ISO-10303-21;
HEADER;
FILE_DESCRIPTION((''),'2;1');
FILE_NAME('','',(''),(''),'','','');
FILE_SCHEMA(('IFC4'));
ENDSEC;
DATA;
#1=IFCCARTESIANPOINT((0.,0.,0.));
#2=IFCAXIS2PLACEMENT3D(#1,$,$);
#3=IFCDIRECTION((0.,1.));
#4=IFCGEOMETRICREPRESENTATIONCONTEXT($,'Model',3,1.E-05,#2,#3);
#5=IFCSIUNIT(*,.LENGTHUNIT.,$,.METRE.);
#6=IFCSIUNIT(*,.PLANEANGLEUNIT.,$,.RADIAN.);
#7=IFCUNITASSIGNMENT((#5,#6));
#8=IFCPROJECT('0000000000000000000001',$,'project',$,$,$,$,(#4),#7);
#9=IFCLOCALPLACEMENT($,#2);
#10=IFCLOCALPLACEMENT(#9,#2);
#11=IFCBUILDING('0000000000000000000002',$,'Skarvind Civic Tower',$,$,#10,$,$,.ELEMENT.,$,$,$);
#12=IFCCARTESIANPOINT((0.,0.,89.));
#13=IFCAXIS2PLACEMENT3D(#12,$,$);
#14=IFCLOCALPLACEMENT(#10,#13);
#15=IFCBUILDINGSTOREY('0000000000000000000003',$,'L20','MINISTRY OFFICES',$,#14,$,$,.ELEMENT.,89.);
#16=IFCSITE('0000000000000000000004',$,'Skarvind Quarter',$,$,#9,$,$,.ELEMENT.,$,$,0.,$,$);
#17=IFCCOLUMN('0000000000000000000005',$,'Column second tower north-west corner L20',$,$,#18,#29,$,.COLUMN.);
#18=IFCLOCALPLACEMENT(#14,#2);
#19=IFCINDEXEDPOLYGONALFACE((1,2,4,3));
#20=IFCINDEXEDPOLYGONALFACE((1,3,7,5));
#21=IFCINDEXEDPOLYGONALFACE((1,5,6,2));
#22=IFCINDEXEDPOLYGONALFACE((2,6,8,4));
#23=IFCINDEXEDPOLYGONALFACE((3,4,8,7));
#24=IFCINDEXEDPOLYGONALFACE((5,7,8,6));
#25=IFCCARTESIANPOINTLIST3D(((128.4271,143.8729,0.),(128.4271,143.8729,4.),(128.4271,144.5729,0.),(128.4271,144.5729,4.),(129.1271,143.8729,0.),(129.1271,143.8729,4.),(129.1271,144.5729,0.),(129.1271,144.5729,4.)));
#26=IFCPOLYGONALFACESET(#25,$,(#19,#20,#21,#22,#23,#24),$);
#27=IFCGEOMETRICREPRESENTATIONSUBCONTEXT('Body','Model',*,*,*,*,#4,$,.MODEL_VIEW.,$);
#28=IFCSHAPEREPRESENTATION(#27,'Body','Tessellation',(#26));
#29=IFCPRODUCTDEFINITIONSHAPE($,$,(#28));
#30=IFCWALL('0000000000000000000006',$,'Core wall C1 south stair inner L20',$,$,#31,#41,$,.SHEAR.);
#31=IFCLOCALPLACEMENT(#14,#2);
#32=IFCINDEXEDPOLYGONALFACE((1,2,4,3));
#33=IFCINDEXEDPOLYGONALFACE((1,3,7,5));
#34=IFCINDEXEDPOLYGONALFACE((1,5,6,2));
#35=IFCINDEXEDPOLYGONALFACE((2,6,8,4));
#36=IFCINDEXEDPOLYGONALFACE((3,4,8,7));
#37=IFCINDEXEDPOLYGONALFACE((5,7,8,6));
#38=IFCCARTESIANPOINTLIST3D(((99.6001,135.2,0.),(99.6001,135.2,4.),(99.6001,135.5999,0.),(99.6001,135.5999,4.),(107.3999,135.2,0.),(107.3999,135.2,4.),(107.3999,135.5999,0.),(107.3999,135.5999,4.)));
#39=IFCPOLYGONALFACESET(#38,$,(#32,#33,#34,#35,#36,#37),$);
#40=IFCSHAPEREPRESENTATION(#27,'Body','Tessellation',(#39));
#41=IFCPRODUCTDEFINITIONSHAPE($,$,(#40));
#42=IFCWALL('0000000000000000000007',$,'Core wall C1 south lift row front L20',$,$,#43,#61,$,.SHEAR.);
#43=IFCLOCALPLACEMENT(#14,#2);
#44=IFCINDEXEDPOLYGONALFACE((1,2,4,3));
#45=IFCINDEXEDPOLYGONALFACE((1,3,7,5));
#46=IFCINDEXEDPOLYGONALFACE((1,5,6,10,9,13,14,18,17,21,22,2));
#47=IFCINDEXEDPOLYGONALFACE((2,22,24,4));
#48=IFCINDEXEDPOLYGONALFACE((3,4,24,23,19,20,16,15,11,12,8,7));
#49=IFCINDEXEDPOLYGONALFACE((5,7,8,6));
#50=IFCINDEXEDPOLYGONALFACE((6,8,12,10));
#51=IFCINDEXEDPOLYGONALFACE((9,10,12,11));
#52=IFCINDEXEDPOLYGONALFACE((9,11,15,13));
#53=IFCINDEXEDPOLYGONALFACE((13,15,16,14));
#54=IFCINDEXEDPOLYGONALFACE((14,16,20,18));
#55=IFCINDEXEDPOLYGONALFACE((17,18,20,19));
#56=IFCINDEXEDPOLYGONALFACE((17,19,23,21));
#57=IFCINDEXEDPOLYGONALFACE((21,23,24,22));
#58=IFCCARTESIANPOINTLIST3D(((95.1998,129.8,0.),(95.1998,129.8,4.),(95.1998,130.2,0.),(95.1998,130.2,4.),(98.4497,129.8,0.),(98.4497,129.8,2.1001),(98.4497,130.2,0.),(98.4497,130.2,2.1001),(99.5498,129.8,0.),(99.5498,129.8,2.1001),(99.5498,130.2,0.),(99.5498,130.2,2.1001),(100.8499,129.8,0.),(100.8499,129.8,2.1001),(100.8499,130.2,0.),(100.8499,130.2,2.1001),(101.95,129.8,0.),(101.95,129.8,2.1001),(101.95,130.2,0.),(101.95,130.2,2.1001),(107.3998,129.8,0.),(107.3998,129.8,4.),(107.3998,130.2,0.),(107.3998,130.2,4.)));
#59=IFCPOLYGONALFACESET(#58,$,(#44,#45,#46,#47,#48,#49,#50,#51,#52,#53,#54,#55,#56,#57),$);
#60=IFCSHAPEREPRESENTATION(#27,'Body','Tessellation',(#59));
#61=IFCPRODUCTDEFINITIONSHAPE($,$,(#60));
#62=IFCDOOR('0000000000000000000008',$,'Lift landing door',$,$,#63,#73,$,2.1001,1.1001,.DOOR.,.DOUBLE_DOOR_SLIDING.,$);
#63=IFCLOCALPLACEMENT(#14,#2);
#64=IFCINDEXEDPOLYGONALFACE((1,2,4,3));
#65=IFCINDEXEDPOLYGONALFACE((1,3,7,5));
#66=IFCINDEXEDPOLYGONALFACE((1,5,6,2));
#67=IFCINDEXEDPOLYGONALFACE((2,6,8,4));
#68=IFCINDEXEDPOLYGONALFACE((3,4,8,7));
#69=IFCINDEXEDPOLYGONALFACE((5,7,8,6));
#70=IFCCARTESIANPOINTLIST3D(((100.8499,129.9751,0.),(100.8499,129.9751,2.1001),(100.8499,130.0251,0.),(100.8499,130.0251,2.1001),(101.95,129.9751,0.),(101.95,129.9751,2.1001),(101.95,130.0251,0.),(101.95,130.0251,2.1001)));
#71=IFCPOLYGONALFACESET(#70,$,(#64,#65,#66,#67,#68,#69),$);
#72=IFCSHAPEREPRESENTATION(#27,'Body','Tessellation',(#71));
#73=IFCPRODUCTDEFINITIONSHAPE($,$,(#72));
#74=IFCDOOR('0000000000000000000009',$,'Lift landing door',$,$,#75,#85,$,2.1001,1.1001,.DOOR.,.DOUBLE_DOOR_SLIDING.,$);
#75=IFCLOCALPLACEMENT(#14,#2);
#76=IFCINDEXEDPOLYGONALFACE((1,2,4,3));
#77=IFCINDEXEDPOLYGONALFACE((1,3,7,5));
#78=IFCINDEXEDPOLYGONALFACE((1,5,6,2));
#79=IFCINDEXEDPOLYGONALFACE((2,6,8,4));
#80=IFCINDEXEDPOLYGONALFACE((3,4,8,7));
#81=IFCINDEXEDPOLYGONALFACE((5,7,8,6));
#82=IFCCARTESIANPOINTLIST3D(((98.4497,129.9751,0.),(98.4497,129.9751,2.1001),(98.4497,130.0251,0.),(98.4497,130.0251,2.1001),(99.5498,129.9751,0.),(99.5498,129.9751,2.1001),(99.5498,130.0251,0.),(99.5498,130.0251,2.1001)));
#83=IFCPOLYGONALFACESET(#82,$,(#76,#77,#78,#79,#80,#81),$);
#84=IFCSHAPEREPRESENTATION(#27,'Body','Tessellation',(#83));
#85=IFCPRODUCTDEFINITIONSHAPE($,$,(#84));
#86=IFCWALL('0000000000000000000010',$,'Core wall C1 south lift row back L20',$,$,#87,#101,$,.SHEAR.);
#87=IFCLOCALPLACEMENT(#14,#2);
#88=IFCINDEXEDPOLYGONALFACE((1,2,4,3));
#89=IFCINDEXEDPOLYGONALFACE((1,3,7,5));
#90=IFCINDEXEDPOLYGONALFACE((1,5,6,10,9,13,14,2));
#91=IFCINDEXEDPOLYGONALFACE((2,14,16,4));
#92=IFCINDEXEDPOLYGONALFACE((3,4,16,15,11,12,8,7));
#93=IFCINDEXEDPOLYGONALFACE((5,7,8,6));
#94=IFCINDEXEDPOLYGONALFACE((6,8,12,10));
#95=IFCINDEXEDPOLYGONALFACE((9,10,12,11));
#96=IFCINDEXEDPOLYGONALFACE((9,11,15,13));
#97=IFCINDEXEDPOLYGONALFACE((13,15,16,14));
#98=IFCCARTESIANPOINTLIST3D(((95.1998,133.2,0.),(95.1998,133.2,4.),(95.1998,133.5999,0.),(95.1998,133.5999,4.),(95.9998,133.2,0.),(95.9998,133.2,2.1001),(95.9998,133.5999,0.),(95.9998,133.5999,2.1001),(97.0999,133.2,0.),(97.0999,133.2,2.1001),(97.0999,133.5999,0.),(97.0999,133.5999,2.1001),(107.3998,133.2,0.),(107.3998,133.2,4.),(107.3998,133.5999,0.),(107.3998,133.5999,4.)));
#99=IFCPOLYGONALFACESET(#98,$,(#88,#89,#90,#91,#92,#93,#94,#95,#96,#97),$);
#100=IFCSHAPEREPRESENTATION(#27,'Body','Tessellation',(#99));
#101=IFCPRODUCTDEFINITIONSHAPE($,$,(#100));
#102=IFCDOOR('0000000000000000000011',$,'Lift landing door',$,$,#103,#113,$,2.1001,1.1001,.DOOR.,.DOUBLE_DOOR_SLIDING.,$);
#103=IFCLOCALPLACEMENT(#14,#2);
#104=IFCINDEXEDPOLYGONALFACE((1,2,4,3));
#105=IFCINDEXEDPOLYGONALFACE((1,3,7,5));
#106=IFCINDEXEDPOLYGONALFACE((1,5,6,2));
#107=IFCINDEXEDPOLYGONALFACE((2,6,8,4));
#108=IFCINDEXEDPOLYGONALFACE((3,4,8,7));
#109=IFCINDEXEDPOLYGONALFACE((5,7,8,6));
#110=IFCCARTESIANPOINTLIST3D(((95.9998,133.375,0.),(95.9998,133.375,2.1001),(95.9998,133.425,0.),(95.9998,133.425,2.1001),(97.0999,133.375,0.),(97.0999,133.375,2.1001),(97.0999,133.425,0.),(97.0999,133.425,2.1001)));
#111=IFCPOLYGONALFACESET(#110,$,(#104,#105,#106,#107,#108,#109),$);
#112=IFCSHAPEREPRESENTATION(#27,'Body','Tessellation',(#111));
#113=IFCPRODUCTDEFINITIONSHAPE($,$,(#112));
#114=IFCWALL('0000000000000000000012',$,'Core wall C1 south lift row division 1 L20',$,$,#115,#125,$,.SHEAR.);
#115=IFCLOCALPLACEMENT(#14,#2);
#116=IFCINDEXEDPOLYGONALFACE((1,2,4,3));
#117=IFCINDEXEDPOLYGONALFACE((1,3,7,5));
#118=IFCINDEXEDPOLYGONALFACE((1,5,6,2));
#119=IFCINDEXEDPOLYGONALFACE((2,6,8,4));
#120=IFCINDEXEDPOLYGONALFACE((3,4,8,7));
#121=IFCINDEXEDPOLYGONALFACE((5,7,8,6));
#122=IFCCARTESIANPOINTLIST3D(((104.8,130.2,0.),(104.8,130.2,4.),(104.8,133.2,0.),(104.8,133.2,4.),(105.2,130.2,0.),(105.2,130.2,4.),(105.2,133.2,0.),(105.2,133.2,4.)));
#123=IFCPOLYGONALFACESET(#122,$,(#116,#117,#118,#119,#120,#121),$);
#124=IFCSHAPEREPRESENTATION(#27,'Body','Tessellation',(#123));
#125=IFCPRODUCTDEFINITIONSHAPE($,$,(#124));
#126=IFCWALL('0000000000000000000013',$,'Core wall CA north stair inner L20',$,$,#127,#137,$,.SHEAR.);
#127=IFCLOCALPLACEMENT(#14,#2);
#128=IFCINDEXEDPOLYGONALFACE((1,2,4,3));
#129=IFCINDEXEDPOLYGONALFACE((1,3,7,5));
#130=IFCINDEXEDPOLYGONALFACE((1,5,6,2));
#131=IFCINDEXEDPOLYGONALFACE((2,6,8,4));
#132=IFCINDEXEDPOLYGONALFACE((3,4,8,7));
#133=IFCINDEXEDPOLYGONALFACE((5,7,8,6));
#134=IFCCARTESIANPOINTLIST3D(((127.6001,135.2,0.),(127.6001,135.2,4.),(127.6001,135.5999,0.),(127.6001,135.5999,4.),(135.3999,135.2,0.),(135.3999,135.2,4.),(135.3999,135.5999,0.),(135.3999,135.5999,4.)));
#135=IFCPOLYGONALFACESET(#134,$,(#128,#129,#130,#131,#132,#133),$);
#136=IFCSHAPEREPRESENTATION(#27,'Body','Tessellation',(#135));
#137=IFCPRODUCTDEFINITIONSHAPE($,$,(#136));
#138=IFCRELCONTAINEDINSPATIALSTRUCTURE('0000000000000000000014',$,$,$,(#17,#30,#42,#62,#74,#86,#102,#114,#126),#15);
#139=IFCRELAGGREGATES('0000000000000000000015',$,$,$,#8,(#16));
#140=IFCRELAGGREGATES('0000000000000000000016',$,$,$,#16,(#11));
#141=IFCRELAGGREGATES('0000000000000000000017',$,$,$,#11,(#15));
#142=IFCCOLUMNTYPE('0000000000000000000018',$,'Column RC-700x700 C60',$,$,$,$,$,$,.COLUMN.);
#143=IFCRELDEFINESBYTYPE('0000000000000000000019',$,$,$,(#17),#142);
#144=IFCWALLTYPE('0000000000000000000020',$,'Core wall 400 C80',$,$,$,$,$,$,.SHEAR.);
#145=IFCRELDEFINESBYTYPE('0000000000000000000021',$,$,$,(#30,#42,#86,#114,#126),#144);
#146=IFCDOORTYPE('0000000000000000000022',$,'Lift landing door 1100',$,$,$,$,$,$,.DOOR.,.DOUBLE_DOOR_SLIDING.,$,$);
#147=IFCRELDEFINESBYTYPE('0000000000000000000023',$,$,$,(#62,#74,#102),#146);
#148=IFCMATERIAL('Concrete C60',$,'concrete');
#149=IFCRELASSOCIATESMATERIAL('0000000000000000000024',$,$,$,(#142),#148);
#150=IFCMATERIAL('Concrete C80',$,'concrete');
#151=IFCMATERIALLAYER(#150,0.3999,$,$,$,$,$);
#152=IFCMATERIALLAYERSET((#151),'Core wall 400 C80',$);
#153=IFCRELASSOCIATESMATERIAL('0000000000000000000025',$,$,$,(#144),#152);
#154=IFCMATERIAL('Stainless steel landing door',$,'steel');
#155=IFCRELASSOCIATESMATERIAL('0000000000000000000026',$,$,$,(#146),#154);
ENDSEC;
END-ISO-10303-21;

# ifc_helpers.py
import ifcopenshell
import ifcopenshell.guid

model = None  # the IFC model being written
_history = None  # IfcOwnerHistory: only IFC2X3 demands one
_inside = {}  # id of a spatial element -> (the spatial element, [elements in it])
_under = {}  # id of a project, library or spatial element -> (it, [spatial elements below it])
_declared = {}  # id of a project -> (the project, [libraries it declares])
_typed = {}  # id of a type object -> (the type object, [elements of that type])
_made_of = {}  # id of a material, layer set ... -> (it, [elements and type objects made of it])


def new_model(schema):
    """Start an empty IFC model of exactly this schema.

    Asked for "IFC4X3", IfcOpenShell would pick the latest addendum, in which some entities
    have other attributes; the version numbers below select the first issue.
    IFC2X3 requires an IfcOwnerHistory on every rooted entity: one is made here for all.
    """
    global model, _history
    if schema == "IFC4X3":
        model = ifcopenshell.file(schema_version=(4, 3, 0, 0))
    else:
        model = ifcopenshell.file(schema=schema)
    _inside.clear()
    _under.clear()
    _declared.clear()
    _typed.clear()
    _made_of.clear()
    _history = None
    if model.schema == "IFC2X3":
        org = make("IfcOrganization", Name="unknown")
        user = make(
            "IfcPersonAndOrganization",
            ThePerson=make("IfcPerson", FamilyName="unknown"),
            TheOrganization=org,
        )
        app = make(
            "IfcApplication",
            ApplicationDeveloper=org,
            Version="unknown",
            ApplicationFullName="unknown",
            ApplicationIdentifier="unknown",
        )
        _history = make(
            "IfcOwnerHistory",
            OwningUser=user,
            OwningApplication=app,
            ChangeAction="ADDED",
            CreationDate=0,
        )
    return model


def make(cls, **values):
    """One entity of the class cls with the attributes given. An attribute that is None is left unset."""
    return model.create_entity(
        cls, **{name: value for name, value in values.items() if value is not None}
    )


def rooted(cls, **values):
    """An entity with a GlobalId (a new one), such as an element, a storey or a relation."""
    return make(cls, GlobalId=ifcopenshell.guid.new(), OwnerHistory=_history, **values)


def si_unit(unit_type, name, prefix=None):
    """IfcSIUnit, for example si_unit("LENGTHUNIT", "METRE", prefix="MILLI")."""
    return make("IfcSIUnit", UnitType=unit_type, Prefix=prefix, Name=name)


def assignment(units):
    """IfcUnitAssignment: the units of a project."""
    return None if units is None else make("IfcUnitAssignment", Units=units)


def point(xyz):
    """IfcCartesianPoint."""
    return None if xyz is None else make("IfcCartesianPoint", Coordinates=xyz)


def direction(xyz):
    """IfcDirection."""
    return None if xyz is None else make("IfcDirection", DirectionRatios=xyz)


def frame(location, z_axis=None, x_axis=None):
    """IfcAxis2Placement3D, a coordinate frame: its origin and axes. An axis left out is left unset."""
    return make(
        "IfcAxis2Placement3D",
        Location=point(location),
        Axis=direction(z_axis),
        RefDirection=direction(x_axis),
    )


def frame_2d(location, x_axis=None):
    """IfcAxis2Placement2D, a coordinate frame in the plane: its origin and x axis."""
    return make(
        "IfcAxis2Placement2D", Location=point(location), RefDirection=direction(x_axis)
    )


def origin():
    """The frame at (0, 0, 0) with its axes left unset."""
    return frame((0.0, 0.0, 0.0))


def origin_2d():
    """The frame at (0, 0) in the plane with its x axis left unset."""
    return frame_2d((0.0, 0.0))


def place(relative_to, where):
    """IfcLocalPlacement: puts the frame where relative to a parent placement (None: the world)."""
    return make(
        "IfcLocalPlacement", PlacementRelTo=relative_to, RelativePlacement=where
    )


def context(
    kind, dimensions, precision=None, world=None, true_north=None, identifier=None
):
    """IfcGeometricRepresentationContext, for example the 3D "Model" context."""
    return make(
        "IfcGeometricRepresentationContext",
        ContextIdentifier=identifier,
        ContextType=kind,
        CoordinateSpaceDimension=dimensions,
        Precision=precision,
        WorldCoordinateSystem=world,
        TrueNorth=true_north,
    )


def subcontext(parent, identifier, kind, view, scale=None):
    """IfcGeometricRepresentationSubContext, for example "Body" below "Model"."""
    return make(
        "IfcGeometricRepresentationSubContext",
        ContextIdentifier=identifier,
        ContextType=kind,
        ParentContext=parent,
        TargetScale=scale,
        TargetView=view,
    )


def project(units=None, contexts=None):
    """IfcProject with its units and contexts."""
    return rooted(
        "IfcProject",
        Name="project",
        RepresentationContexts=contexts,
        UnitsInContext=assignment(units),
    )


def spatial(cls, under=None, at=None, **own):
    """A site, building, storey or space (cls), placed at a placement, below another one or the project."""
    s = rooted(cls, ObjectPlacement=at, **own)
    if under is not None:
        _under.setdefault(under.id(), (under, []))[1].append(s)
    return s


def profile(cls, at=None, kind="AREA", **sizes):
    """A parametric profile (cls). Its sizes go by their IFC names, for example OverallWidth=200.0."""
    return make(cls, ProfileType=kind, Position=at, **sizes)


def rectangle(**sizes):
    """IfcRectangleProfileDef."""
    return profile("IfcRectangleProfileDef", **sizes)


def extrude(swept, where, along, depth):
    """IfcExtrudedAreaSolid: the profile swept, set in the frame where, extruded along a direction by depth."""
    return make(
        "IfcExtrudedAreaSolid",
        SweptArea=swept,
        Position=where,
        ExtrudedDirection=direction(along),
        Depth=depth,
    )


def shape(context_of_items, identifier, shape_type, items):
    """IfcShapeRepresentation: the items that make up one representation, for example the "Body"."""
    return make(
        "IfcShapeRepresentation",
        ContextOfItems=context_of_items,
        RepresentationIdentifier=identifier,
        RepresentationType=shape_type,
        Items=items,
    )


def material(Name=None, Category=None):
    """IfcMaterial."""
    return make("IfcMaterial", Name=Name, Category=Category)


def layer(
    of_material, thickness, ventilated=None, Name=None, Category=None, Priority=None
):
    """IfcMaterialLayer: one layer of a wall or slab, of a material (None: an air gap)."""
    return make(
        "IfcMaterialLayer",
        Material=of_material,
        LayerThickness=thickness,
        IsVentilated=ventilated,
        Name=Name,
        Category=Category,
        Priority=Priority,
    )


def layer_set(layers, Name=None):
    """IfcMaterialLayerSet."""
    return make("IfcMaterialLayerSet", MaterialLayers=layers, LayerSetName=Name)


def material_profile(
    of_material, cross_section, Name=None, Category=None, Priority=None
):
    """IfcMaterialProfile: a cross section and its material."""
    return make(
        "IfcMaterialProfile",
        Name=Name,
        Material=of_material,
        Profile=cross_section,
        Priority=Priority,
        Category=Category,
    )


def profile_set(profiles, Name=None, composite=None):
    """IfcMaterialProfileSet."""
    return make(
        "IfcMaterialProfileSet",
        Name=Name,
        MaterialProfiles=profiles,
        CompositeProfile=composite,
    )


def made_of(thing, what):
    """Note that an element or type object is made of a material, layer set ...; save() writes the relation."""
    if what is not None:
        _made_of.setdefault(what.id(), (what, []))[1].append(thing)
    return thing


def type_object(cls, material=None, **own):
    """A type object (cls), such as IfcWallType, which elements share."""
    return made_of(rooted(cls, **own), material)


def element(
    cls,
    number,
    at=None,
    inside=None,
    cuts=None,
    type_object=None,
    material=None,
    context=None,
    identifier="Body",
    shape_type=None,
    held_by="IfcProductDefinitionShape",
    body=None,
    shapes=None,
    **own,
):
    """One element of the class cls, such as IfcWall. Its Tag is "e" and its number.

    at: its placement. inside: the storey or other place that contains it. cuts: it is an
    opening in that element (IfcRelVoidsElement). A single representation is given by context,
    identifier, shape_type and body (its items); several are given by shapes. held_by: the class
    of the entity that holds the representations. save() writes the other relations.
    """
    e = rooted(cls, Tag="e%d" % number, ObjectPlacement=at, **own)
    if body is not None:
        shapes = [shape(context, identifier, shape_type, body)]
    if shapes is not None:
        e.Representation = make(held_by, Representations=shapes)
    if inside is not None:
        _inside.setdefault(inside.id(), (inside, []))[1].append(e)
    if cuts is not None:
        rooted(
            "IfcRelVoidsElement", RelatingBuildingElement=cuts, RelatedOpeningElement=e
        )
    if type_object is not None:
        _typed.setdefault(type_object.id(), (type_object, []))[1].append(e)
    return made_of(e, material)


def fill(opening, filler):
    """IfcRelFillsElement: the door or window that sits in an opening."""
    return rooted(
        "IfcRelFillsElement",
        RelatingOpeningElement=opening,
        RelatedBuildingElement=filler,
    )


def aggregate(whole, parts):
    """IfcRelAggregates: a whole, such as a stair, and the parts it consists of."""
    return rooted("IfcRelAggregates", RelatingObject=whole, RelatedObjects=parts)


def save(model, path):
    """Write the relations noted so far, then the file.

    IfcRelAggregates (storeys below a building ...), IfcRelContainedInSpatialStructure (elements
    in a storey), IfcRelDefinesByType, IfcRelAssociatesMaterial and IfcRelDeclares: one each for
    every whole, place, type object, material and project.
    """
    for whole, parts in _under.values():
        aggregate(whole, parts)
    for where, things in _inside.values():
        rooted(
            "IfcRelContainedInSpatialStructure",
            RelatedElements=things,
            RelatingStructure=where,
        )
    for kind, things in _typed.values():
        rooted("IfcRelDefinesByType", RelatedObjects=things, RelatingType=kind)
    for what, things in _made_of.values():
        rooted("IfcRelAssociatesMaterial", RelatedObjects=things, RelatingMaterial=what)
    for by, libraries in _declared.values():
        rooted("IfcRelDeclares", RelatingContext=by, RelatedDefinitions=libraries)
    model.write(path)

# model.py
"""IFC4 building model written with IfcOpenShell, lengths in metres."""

from ifc_helpers import new_model, si_unit, direction, frame, frame_2d, origin, origin_2d, place, context, subcontext, project, spatial, rectangle, extrude, material, layer, layer_set, material_profile, profile_set, type_object, element, fill, save


model = new_model("IFC4")

# Units and contexts
model_context = context("Model", 3, precision=1e-05, world=origin(), true_north=direction((0.0, 1.0)))
body_context = subcontext(model_context, "Body", "Model", "MODEL_VIEW")
ifc_project = project(units=[si_unit("LENGTHUNIT", "METRE"), si_unit("PLANEANGLEUNIT", "RADIAN")], contexts=[model_context])

# Site, building, storey
site_placement = place(None, origin())
site = spatial("IfcSite", under=ifc_project, at=site_placement, Name="Skarvind Quarter", CompositionType="ELEMENT", RefElevation=0.0)
building_placement = place(site_placement, origin())
building = spatial("IfcBuilding", under=site, at=building_placement, Name="Skarvind Civic Tower", CompositionType="ELEMENT")
storey_placement = place(building_placement, frame((0.0, 0.0, 89.0)))
storey = spatial("IfcBuildingStorey", under=building, at=storey_placement, Name="L20", Description="MINISTRY OFFICES", CompositionType="ELEMENT", Elevation=89.0)

# Column
ifc_material_1 = material(Name="Concrete C60", Category="concrete")
ifc_material_profile = material_profile(ifc_material_1, rectangle(XDim=0.7, YDim=0.7, at=origin_2d()), Name="RC-700x700")
ifc_profile_set = profile_set([ifc_material_profile], Name="Concrete C60")
column_type = type_object("IfcColumnType", Name="Column RC-700x700 C60", PredefinedType="COLUMN", material=ifc_profile_set)
column_placement = place(storey_placement, frame((128.7771, 144.2229, 0.0), z_axis=(0.0, 0.0, 1.0), x_axis=(1.0, 0.0, 0.0)))
element("IfcColumn", 1, at=column_placement, inside=storey, type_object=column_type, Name="Column second tower north-west corner L20", PredefinedType="COLUMN", context=body_context, shape_type="SweptSolid", body=[
    extrude(rectangle(XDim=0.7, YDim=0.7, at=origin_2d()), origin(), (0.0, 0.0, 1.0), 4.0),
])

# Wall
ifc_material_2 = material(Name="Concrete C80", Category="concrete")
ifc_layer_1 = layer(ifc_material_2, 0.3999)
ifc_layer_set_1 = layer_set([ifc_layer_1], Name="Core wall 400 C80")
wall_type_1 = type_object("IfcWallType", Name="Core wall 400 C80", PredefinedType="SHEAR", material=ifc_layer_set_1)
wall_1_placement = place(storey_placement, frame((107.3999, 135.3999, 0.0), z_axis=(0.0, 0.0, 1.0), x_axis=(-1.0, 0.0, 0.0)))
element("IfcWall", 2, at=wall_1_placement, inside=storey, type_object=wall_type_1, Name="Core wall C1 south stair inner L20", PredefinedType="SHEAR", context=body_context, shape_type="SweptSolid", body=[
    extrude(rectangle(XDim=7.7998, YDim=0.3999, at=frame_2d((3.8999, 0.0))), origin(), (0.0, 0.0, 1.0), 4.0),
])

# Wall, openings, doors
wall_2_placement = place(storey_placement, frame((107.3999, 130.0, 0.0), z_axis=(0.0, 0.0, 1.0), x_axis=(-1.0, 0.0, 0.0)))
wall_2 = element("IfcWall", 3, at=wall_2_placement, inside=storey, type_object=wall_type_1, Name="Core wall C1 south lift row front L20", PredefinedType="SHEAR", context=body_context, shape_type="SweptSolid", body=[
    extrude(rectangle(XDim=12.2, YDim=0.3999, at=frame_2d((6.1001, 0.0))), origin(), (0.0, 0.0, 1.0), 4.0),
])
opening_1_placement = place(wall_2_placement, frame((5.45, 0.0, 0.0)))
opening_1 = element("IfcOpeningElement", 4, at=opening_1_placement, cuts=wall_2, PredefinedType="OPENING", context=body_context, shape_type="SweptSolid", body=[
    extrude(rectangle(XDim=1.1001, YDim=2.1001, at=frame_2d((0.55, 1.05))), frame((0.0, 0.21, 0.0), z_axis=(0.0, -1.0, 0.0), x_axis=(1.0, 0.0, 0.0)), (0.0, 0.0, 1.0), 0.4199),
])
opening_2_placement = place(wall_2_placement, frame((7.8501, 0.0, 0.0)))
opening_2 = element("IfcOpeningElement", 5, at=opening_2_placement, cuts=wall_2, PredefinedType="OPENING", context=body_context, shape_type="SweptSolid", body=[
    extrude(rectangle(XDim=1.1001, YDim=2.1001, at=frame_2d((0.55, 1.05))), frame((0.0, 0.21, 0.0), z_axis=(0.0, -1.0, 0.0), x_axis=(1.0, 0.0, 0.0)), (0.0, 0.0, 1.0), 0.4199),
])
ifc_material_3 = material(Name="Stainless steel landing door", Category="steel")
door_type = type_object("IfcDoorType", Name="Lift landing door 1100", OperationType="DOUBLE_DOOR_SLIDING", PredefinedType="DOOR", material=ifc_material_3)
door_1_placement = place(opening_1_placement, origin())
door_1 = element("IfcDoor", 6, at=door_1_placement, inside=storey, type_object=door_type, Name="Lift landing door", OperationType="DOUBLE_DOOR_SLIDING", OverallHeight=2.1001, OverallWidth=1.1001, PredefinedType="DOOR", context=body_context, shape_type="SweptSolid", body=[
    extrude(rectangle(XDim=1.1001, YDim=2.1001, at=frame_2d((0.55, 1.05))), frame((0.0, 0.0249, 0.0), z_axis=(0.0, -1.0, 0.0), x_axis=(1.0, 0.0, 0.0)), (0.0, 0.0, 1.0), 0.05),
])
fill(opening_1, door_1)
door_2_placement = place(opening_2_placement, origin())
door_2 = element("IfcDoor", 7, at=door_2_placement, inside=storey, type_object=door_type, Name="Lift landing door", OperationType="DOUBLE_DOOR_SLIDING", OverallHeight=2.1001, OverallWidth=1.1001, PredefinedType="DOOR", context=body_context, shape_type="SweptSolid", body=[
    extrude(rectangle(XDim=1.1001, YDim=2.1001, at=frame_2d((0.55, 1.05))), frame((0.0, 0.0249, 0.0), z_axis=(0.0, -1.0, 0.0), x_axis=(1.0, 0.0, 0.0)), (0.0, 0.0, 1.0), 0.05),
])
fill(opening_2, door_2)

# Wall, opening, door
wall_3_placement = place(storey_placement, frame((107.3999, 133.3999, 0.0), z_axis=(0.0, 0.0, 1.0), x_axis=(-1.0, 0.0, 0.0)))
wall_3 = element("IfcWall", 8, at=wall_3_placement, inside=storey, type_object=wall_type_1, Name="Core wall C1 south lift row back L20", PredefinedType="SHEAR", context=body_context, shape_type="SweptSolid", body=[
    extrude(rectangle(XDim=12.2, YDim=0.3999, at=frame_2d((6.1001, 0.0))), origin(), (0.0, 0.0, 1.0), 4.0),
])
opening_3_placement = place(wall_3_placement, frame((10.3, 0.0, 0.0)))
opening_3 = element("IfcOpeningElement", 9, at=opening_3_placement, cuts=wall_3, PredefinedType="OPENING", context=body_context, shape_type="SweptSolid", body=[
    extrude(rectangle(XDim=1.1001, YDim=2.1001, at=frame_2d((0.55, 1.05))), frame((0.0, 0.21, 0.0), z_axis=(0.0, -1.0, 0.0), x_axis=(1.0, 0.0, 0.0)), (0.0, 0.0, 1.0), 0.4199),
])
door_3_placement = place(opening_3_placement, origin())
door_3 = element("IfcDoor", 10, at=door_3_placement, inside=storey, type_object=door_type, Name="Lift landing door", OperationType="DOUBLE_DOOR_SLIDING", OverallHeight=2.1001, OverallWidth=1.1001, PredefinedType="DOOR", context=body_context, shape_type="SweptSolid", body=[
    extrude(rectangle(XDim=1.1001, YDim=2.1001, at=frame_2d((0.55, 1.05))), frame((0.0, 0.0249, 0.0), z_axis=(0.0, -1.0, 0.0), x_axis=(1.0, 0.0, 0.0)), (0.0, 0.0, 1.0), 0.05),
])
fill(opening_3, door_3)

# Walls
wall_4_placement = place(storey_placement, frame((105.0, 133.2, 0.0), z_axis=(0.0, 0.0, 1.0), x_axis=(0.0, -1.0, 0.0)))
element("IfcWall", 11, at=wall_4_placement, inside=storey, type_object=wall_type_1, Name="Core wall C1 south lift row division 1 L20", PredefinedType="SHEAR", context=body_context, shape_type="SweptSolid", body=[
    extrude(rectangle(XDim=3.0, YDim=0.3999, at=frame_2d((1.5, 0.0))), origin(), (0.0, 0.0, 1.0), 4.0),
])
wall_5_placement = place(storey_placement, frame((127.6001, 135.3999, 0.0), z_axis=(0.0, 0.0, 1.0), x_axis=(1.0, 0.0, 0.0)))
element("IfcWall", 12, at=wall_5_placement, inside=storey, type_object=wall_type_1, Name="Core wall CA north stair inner L20", PredefinedType="SHEAR", context=body_context, shape_type="SweptSolid", body=[
    extrude(rectangle(XDim=7.7998, YDim=0.3999, at=frame_2d((3.8999, 0.0))), origin(), (0.0, 0.0, 1.0), 4.0),
])

save(model, "model.ifc")
